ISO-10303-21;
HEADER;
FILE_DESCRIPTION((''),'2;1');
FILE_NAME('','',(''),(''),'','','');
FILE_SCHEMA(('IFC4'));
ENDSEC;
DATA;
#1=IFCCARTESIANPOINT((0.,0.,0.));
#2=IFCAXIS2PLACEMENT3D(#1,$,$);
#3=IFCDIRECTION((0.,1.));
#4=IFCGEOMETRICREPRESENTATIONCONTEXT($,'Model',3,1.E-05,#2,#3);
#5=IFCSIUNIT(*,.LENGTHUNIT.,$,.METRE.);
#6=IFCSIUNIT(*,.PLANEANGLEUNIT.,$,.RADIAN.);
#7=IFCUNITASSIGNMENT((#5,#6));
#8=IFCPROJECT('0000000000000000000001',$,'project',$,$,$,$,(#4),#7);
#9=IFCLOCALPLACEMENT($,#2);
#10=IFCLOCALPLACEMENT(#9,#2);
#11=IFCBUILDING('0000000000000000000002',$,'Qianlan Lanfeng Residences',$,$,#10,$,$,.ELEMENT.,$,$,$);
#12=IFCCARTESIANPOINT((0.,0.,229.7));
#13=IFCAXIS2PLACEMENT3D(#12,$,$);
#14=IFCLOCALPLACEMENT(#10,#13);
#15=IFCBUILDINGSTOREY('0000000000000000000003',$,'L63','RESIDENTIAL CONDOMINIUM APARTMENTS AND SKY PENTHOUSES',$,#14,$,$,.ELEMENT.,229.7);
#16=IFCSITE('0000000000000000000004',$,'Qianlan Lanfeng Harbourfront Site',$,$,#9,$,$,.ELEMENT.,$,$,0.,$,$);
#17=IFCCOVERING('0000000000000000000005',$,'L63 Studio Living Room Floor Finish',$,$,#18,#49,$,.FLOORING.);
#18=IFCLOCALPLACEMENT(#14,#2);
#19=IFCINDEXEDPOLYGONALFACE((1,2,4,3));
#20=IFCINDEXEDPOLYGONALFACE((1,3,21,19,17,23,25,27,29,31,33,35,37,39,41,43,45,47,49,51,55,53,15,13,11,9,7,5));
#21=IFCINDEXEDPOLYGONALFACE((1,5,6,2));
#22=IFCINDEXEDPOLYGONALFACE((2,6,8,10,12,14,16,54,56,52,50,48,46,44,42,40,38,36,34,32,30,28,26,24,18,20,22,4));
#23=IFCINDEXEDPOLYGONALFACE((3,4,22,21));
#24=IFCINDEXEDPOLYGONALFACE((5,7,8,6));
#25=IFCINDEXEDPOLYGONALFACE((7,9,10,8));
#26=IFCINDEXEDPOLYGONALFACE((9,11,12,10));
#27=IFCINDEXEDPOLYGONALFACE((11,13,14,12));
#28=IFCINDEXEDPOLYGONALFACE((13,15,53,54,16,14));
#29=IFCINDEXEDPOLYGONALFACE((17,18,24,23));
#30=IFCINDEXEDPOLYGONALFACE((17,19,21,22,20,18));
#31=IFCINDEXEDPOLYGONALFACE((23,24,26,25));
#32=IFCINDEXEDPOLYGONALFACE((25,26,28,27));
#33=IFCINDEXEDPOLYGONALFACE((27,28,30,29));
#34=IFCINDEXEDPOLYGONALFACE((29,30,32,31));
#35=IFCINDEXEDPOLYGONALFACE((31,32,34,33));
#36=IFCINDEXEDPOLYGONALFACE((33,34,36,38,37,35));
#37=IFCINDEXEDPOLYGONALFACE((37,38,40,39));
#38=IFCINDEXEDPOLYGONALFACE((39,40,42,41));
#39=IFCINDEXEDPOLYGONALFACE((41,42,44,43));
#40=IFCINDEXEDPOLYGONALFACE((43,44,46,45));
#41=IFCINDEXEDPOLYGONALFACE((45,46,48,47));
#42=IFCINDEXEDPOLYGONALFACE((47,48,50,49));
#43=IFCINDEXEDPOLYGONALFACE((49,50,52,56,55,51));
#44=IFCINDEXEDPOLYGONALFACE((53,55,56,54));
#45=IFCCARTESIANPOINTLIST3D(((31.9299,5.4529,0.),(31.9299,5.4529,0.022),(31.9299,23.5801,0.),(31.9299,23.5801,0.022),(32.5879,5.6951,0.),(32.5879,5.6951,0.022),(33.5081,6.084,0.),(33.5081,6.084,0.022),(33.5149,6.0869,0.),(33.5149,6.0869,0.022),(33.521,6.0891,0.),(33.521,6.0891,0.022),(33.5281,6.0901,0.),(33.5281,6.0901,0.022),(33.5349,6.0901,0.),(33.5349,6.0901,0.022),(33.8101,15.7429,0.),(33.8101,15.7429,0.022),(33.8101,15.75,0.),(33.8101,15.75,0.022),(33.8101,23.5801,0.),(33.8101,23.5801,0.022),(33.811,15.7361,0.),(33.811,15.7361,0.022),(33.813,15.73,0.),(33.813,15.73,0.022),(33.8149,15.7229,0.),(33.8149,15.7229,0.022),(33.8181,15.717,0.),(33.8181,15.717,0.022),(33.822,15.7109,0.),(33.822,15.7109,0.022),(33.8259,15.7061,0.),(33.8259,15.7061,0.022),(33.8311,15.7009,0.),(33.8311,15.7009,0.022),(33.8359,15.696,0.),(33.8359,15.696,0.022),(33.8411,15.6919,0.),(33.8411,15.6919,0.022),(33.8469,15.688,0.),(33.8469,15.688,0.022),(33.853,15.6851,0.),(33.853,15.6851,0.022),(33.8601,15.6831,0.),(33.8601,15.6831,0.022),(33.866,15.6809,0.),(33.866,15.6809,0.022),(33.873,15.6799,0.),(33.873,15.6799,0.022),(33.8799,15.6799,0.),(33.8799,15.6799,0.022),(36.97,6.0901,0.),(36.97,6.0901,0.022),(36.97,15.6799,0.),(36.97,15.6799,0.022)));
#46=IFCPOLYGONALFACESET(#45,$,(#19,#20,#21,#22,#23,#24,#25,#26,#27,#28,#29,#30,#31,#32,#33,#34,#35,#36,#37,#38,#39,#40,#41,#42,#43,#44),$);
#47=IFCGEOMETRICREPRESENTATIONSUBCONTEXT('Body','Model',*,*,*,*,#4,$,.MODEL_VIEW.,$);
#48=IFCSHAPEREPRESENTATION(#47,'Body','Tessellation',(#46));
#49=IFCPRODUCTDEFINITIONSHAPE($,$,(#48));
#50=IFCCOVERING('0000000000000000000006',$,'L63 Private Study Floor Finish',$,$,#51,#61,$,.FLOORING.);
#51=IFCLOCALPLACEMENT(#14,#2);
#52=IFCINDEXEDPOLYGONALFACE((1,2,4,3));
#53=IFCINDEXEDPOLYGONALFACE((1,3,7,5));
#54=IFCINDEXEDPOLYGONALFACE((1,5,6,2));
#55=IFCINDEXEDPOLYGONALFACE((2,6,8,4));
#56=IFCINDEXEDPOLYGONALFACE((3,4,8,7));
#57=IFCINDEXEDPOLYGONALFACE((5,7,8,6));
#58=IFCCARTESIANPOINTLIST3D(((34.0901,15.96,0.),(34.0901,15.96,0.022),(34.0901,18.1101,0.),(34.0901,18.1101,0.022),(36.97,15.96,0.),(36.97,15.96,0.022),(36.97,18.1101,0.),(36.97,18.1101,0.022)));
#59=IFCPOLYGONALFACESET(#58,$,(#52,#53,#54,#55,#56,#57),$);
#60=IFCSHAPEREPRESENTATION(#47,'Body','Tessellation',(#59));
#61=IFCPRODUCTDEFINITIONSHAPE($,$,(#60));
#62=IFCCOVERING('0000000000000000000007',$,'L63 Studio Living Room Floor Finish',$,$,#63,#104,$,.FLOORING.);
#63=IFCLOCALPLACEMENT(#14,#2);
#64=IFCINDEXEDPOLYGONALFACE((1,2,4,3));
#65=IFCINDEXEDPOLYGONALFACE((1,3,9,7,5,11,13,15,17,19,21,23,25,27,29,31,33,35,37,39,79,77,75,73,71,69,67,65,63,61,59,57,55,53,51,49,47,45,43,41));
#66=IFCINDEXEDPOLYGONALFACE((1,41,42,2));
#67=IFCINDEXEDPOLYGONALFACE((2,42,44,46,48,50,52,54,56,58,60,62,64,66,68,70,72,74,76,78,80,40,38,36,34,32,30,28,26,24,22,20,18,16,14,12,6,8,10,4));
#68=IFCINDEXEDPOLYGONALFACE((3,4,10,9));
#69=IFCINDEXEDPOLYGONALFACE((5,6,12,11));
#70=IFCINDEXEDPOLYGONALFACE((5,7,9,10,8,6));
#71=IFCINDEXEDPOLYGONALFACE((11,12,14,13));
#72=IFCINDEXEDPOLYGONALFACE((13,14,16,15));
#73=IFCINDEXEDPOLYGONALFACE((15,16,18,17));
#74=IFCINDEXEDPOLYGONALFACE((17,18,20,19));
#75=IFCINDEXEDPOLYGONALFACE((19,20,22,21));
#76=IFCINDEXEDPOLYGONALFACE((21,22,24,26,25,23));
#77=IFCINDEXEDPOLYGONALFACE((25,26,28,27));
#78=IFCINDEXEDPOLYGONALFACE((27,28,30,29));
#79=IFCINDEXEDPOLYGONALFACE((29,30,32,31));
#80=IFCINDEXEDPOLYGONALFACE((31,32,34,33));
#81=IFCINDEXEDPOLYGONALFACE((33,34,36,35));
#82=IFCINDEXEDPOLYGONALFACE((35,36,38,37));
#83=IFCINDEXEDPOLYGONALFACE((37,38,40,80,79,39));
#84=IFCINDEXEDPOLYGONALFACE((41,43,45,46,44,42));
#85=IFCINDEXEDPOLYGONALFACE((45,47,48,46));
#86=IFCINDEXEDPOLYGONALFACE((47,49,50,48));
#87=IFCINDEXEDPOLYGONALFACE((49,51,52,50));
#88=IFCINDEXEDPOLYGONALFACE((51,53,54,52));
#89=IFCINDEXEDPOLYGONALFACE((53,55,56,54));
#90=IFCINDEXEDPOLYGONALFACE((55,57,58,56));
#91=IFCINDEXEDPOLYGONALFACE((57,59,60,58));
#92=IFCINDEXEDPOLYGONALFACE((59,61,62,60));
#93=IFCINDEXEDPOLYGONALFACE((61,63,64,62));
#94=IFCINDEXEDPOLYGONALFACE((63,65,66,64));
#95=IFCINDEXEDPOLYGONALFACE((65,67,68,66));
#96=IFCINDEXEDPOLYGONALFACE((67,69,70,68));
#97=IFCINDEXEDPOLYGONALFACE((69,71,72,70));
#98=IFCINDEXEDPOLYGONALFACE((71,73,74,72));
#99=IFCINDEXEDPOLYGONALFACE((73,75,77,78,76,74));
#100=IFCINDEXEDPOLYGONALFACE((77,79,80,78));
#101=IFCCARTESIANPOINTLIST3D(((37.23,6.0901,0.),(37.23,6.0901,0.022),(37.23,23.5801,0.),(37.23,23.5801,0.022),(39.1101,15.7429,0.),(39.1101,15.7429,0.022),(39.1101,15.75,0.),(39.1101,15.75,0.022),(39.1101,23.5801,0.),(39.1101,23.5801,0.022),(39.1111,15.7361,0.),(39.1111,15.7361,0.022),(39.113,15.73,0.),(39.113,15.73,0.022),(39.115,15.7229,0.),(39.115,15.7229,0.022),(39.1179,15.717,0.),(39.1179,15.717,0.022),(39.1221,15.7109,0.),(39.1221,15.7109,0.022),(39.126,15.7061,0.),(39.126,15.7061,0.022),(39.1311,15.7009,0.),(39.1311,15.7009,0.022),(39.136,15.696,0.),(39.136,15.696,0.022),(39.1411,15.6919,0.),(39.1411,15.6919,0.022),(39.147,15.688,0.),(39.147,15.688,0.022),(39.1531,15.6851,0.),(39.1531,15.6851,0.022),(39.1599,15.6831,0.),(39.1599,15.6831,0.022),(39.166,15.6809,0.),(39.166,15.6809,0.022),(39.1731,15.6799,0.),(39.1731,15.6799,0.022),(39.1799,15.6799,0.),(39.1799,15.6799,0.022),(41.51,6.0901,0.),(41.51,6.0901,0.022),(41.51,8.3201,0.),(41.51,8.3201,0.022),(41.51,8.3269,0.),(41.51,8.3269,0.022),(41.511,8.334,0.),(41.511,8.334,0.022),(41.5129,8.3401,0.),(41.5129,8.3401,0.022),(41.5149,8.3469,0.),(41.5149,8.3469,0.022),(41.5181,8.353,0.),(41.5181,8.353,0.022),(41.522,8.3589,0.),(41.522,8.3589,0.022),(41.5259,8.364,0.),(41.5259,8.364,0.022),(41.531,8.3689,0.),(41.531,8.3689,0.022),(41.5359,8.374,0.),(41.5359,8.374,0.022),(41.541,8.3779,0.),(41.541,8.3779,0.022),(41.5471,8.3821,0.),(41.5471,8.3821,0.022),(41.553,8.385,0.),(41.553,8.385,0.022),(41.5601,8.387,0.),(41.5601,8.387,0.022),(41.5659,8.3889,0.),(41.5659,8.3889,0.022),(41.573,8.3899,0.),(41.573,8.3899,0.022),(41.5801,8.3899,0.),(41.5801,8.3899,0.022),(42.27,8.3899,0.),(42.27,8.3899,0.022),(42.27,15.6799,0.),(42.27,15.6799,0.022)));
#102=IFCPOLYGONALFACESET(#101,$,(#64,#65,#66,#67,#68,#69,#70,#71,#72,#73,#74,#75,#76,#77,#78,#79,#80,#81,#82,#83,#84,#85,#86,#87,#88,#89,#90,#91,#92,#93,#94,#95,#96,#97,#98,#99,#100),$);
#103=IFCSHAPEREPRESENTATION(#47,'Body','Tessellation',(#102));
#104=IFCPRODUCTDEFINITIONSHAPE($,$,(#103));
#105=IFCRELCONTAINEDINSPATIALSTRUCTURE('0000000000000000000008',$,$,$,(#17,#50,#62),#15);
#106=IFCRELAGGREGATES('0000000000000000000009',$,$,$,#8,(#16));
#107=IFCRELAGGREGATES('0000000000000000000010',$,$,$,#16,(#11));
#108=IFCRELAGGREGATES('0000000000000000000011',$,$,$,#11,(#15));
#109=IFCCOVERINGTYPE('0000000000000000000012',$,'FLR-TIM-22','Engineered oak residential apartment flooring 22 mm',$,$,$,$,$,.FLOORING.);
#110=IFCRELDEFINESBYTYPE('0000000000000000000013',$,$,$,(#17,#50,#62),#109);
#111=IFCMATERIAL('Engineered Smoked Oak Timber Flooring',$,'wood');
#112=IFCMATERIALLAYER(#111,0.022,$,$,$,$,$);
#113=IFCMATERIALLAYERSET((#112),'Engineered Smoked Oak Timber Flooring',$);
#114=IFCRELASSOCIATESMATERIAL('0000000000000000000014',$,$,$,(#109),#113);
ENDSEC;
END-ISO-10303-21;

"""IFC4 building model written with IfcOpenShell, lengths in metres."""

from ifc_helpers import new_model, si_unit, direction, frame, origin, place, context, subcontext, project, spatial, polyline, outline, extrude, material, layer, layer_set, type_object, element, save


model = new_model("IFC4")

# Units and contexts
model_context = context("Model", 3, precision=1e-05, world=origin(), true_north=direction((0.0, 1.0)))
body_context = subcontext(model_context, "Body", "Model", "MODEL_VIEW")
ifc_project = project(units=[si_unit("LENGTHUNIT", "METRE"), si_unit("PLANEANGLEUNIT", "RADIAN")], contexts=[model_context])

# Site, building, storey
site_placement = place(None, origin())
site = spatial("IfcSite", under=ifc_project, at=site_placement, Name="Qianlan Lanfeng Harbourfront Site", CompositionType="ELEMENT", RefElevation=0.0)
building_placement = place(site_placement, origin())
building = spatial("IfcBuilding", under=site, at=building_placement, Name="Qianlan Lanfeng Residences", CompositionType="ELEMENT")
storey_placement = place(building_placement, frame((0.0, 0.0, 229.7)))
storey = spatial("IfcBuildingStorey", under=building, at=storey_placement, Name="L63", Description="RESIDENTIAL CONDOMINIUM APARTMENTS AND SKY PENTHOUSES", CompositionType="ELEMENT", Elevation=229.7)

# Coverings
ifc_material_1 = material(Name="Engineered Smoked Oak Timber Flooring", Category="wood")
ifc_layer_1 = layer(ifc_material_1, 0.022)
ifc_layer_set_1 = layer_set([ifc_layer_1], Name="Engineered Smoked Oak Timber Flooring")
covering_type_1 = type_object("IfcCoveringType", Name="FLR-TIM-22", Description="Engineered oak residential apartment flooring 22 mm", PredefinedType="FLOORING", material=ifc_layer_set_1)
covering_1_placement = place(storey_placement, origin())
element("IfcCovering", 1, at=covering_1_placement, inside=storey, type_object=covering_type_1, Name="L63 Studio Living Room Floor Finish", PredefinedType="FLOORING", context=body_context, shape_type="SweptSolid", body=[
    extrude(outline(polyline([(36.97, 6.0901), (36.97, 15.6799), (33.8799, 15.6799), (33.873, 15.6799), (33.866, 15.6809), (33.8601, 15.6831), (33.853, 15.6851), (33.8469, 15.688), (33.8411, 15.6919), (33.8359, 15.696), (33.8311, 15.7009), (33.8259, 15.7061), (33.822, 15.7109), (33.8181, 15.717), (33.8149, 15.7229), (33.813, 15.73), (33.811, 15.7361), (33.8101, 15.7429), (33.8101, 15.75), (33.8101, 23.5801), (31.9299, 23.5801), (31.9299, 5.4529), (32.5879, 5.6951), (33.5081, 6.084), (33.5149, 6.0869), (33.521, 6.0891), (33.5281, 6.0901), (33.5349, 6.0901), (36.97, 6.0901)])), origin(), (0.0, 0.0, 1.0), 0.022),
])
covering_2_placement = place(storey_placement, origin())
element("IfcCovering", 2, at=covering_2_placement, inside=storey, type_object=covering_type_1, Name="L63 Private Study Floor Finish", PredefinedType="FLOORING", context=body_context, shape_type="SweptSolid", body=[
    extrude(outline(polyline([(34.0901, 18.1101), (34.0901, 15.96), (36.97, 15.96), (36.97, 18.1101), (34.0901, 18.1101)])), origin(), (0.0, 0.0, 1.0), 0.022),
])
covering_3_placement = place(storey_placement, origin())
element("IfcCovering", 3, at=covering_3_placement, inside=storey, type_object=covering_type_1, Name="L63 Studio Living Room Floor Finish", PredefinedType="FLOORING", context=body_context, shape_type="SweptSolid", body=[
    extrude(outline(polyline([(42.27, 8.3899), (42.27, 15.6799), (39.1799, 15.6799), (39.1731, 15.6799), (39.166, 15.6809), (39.1599, 15.6831), (39.1531, 15.6851), (39.147, 15.688), (39.1411, 15.6919), (39.136, 15.696), (39.1311, 15.7009), (39.126, 15.7061), (39.1221, 15.7109), (39.1179, 15.717), (39.115, 15.7229), (39.113, 15.73), (39.1111, 15.7361), (39.1101, 15.7429), (39.1101, 15.75), (39.1101, 23.5801), (37.23, 23.5801), (37.23, 6.0901), (41.51, 6.0901), (41.51, 8.3201), (41.51, 8.3269), (41.511, 8.334), (41.5129, 8.3401), (41.5149, 8.3469), (41.5181, 8.353), (41.522, 8.3589), (41.5259, 8.364), (41.531, 8.3689), (41.5359, 8.374), (41.541, 8.3779), (41.5471, 8.3821), (41.553, 8.385), (41.5601, 8.387), (41.5659, 8.3889), (41.573, 8.3899), (41.5801, 8.3899), (42.27, 8.3899)])), origin(), (0.0, 0.0, 1.0), 0.022),
])

save(model, "model.ifc")
